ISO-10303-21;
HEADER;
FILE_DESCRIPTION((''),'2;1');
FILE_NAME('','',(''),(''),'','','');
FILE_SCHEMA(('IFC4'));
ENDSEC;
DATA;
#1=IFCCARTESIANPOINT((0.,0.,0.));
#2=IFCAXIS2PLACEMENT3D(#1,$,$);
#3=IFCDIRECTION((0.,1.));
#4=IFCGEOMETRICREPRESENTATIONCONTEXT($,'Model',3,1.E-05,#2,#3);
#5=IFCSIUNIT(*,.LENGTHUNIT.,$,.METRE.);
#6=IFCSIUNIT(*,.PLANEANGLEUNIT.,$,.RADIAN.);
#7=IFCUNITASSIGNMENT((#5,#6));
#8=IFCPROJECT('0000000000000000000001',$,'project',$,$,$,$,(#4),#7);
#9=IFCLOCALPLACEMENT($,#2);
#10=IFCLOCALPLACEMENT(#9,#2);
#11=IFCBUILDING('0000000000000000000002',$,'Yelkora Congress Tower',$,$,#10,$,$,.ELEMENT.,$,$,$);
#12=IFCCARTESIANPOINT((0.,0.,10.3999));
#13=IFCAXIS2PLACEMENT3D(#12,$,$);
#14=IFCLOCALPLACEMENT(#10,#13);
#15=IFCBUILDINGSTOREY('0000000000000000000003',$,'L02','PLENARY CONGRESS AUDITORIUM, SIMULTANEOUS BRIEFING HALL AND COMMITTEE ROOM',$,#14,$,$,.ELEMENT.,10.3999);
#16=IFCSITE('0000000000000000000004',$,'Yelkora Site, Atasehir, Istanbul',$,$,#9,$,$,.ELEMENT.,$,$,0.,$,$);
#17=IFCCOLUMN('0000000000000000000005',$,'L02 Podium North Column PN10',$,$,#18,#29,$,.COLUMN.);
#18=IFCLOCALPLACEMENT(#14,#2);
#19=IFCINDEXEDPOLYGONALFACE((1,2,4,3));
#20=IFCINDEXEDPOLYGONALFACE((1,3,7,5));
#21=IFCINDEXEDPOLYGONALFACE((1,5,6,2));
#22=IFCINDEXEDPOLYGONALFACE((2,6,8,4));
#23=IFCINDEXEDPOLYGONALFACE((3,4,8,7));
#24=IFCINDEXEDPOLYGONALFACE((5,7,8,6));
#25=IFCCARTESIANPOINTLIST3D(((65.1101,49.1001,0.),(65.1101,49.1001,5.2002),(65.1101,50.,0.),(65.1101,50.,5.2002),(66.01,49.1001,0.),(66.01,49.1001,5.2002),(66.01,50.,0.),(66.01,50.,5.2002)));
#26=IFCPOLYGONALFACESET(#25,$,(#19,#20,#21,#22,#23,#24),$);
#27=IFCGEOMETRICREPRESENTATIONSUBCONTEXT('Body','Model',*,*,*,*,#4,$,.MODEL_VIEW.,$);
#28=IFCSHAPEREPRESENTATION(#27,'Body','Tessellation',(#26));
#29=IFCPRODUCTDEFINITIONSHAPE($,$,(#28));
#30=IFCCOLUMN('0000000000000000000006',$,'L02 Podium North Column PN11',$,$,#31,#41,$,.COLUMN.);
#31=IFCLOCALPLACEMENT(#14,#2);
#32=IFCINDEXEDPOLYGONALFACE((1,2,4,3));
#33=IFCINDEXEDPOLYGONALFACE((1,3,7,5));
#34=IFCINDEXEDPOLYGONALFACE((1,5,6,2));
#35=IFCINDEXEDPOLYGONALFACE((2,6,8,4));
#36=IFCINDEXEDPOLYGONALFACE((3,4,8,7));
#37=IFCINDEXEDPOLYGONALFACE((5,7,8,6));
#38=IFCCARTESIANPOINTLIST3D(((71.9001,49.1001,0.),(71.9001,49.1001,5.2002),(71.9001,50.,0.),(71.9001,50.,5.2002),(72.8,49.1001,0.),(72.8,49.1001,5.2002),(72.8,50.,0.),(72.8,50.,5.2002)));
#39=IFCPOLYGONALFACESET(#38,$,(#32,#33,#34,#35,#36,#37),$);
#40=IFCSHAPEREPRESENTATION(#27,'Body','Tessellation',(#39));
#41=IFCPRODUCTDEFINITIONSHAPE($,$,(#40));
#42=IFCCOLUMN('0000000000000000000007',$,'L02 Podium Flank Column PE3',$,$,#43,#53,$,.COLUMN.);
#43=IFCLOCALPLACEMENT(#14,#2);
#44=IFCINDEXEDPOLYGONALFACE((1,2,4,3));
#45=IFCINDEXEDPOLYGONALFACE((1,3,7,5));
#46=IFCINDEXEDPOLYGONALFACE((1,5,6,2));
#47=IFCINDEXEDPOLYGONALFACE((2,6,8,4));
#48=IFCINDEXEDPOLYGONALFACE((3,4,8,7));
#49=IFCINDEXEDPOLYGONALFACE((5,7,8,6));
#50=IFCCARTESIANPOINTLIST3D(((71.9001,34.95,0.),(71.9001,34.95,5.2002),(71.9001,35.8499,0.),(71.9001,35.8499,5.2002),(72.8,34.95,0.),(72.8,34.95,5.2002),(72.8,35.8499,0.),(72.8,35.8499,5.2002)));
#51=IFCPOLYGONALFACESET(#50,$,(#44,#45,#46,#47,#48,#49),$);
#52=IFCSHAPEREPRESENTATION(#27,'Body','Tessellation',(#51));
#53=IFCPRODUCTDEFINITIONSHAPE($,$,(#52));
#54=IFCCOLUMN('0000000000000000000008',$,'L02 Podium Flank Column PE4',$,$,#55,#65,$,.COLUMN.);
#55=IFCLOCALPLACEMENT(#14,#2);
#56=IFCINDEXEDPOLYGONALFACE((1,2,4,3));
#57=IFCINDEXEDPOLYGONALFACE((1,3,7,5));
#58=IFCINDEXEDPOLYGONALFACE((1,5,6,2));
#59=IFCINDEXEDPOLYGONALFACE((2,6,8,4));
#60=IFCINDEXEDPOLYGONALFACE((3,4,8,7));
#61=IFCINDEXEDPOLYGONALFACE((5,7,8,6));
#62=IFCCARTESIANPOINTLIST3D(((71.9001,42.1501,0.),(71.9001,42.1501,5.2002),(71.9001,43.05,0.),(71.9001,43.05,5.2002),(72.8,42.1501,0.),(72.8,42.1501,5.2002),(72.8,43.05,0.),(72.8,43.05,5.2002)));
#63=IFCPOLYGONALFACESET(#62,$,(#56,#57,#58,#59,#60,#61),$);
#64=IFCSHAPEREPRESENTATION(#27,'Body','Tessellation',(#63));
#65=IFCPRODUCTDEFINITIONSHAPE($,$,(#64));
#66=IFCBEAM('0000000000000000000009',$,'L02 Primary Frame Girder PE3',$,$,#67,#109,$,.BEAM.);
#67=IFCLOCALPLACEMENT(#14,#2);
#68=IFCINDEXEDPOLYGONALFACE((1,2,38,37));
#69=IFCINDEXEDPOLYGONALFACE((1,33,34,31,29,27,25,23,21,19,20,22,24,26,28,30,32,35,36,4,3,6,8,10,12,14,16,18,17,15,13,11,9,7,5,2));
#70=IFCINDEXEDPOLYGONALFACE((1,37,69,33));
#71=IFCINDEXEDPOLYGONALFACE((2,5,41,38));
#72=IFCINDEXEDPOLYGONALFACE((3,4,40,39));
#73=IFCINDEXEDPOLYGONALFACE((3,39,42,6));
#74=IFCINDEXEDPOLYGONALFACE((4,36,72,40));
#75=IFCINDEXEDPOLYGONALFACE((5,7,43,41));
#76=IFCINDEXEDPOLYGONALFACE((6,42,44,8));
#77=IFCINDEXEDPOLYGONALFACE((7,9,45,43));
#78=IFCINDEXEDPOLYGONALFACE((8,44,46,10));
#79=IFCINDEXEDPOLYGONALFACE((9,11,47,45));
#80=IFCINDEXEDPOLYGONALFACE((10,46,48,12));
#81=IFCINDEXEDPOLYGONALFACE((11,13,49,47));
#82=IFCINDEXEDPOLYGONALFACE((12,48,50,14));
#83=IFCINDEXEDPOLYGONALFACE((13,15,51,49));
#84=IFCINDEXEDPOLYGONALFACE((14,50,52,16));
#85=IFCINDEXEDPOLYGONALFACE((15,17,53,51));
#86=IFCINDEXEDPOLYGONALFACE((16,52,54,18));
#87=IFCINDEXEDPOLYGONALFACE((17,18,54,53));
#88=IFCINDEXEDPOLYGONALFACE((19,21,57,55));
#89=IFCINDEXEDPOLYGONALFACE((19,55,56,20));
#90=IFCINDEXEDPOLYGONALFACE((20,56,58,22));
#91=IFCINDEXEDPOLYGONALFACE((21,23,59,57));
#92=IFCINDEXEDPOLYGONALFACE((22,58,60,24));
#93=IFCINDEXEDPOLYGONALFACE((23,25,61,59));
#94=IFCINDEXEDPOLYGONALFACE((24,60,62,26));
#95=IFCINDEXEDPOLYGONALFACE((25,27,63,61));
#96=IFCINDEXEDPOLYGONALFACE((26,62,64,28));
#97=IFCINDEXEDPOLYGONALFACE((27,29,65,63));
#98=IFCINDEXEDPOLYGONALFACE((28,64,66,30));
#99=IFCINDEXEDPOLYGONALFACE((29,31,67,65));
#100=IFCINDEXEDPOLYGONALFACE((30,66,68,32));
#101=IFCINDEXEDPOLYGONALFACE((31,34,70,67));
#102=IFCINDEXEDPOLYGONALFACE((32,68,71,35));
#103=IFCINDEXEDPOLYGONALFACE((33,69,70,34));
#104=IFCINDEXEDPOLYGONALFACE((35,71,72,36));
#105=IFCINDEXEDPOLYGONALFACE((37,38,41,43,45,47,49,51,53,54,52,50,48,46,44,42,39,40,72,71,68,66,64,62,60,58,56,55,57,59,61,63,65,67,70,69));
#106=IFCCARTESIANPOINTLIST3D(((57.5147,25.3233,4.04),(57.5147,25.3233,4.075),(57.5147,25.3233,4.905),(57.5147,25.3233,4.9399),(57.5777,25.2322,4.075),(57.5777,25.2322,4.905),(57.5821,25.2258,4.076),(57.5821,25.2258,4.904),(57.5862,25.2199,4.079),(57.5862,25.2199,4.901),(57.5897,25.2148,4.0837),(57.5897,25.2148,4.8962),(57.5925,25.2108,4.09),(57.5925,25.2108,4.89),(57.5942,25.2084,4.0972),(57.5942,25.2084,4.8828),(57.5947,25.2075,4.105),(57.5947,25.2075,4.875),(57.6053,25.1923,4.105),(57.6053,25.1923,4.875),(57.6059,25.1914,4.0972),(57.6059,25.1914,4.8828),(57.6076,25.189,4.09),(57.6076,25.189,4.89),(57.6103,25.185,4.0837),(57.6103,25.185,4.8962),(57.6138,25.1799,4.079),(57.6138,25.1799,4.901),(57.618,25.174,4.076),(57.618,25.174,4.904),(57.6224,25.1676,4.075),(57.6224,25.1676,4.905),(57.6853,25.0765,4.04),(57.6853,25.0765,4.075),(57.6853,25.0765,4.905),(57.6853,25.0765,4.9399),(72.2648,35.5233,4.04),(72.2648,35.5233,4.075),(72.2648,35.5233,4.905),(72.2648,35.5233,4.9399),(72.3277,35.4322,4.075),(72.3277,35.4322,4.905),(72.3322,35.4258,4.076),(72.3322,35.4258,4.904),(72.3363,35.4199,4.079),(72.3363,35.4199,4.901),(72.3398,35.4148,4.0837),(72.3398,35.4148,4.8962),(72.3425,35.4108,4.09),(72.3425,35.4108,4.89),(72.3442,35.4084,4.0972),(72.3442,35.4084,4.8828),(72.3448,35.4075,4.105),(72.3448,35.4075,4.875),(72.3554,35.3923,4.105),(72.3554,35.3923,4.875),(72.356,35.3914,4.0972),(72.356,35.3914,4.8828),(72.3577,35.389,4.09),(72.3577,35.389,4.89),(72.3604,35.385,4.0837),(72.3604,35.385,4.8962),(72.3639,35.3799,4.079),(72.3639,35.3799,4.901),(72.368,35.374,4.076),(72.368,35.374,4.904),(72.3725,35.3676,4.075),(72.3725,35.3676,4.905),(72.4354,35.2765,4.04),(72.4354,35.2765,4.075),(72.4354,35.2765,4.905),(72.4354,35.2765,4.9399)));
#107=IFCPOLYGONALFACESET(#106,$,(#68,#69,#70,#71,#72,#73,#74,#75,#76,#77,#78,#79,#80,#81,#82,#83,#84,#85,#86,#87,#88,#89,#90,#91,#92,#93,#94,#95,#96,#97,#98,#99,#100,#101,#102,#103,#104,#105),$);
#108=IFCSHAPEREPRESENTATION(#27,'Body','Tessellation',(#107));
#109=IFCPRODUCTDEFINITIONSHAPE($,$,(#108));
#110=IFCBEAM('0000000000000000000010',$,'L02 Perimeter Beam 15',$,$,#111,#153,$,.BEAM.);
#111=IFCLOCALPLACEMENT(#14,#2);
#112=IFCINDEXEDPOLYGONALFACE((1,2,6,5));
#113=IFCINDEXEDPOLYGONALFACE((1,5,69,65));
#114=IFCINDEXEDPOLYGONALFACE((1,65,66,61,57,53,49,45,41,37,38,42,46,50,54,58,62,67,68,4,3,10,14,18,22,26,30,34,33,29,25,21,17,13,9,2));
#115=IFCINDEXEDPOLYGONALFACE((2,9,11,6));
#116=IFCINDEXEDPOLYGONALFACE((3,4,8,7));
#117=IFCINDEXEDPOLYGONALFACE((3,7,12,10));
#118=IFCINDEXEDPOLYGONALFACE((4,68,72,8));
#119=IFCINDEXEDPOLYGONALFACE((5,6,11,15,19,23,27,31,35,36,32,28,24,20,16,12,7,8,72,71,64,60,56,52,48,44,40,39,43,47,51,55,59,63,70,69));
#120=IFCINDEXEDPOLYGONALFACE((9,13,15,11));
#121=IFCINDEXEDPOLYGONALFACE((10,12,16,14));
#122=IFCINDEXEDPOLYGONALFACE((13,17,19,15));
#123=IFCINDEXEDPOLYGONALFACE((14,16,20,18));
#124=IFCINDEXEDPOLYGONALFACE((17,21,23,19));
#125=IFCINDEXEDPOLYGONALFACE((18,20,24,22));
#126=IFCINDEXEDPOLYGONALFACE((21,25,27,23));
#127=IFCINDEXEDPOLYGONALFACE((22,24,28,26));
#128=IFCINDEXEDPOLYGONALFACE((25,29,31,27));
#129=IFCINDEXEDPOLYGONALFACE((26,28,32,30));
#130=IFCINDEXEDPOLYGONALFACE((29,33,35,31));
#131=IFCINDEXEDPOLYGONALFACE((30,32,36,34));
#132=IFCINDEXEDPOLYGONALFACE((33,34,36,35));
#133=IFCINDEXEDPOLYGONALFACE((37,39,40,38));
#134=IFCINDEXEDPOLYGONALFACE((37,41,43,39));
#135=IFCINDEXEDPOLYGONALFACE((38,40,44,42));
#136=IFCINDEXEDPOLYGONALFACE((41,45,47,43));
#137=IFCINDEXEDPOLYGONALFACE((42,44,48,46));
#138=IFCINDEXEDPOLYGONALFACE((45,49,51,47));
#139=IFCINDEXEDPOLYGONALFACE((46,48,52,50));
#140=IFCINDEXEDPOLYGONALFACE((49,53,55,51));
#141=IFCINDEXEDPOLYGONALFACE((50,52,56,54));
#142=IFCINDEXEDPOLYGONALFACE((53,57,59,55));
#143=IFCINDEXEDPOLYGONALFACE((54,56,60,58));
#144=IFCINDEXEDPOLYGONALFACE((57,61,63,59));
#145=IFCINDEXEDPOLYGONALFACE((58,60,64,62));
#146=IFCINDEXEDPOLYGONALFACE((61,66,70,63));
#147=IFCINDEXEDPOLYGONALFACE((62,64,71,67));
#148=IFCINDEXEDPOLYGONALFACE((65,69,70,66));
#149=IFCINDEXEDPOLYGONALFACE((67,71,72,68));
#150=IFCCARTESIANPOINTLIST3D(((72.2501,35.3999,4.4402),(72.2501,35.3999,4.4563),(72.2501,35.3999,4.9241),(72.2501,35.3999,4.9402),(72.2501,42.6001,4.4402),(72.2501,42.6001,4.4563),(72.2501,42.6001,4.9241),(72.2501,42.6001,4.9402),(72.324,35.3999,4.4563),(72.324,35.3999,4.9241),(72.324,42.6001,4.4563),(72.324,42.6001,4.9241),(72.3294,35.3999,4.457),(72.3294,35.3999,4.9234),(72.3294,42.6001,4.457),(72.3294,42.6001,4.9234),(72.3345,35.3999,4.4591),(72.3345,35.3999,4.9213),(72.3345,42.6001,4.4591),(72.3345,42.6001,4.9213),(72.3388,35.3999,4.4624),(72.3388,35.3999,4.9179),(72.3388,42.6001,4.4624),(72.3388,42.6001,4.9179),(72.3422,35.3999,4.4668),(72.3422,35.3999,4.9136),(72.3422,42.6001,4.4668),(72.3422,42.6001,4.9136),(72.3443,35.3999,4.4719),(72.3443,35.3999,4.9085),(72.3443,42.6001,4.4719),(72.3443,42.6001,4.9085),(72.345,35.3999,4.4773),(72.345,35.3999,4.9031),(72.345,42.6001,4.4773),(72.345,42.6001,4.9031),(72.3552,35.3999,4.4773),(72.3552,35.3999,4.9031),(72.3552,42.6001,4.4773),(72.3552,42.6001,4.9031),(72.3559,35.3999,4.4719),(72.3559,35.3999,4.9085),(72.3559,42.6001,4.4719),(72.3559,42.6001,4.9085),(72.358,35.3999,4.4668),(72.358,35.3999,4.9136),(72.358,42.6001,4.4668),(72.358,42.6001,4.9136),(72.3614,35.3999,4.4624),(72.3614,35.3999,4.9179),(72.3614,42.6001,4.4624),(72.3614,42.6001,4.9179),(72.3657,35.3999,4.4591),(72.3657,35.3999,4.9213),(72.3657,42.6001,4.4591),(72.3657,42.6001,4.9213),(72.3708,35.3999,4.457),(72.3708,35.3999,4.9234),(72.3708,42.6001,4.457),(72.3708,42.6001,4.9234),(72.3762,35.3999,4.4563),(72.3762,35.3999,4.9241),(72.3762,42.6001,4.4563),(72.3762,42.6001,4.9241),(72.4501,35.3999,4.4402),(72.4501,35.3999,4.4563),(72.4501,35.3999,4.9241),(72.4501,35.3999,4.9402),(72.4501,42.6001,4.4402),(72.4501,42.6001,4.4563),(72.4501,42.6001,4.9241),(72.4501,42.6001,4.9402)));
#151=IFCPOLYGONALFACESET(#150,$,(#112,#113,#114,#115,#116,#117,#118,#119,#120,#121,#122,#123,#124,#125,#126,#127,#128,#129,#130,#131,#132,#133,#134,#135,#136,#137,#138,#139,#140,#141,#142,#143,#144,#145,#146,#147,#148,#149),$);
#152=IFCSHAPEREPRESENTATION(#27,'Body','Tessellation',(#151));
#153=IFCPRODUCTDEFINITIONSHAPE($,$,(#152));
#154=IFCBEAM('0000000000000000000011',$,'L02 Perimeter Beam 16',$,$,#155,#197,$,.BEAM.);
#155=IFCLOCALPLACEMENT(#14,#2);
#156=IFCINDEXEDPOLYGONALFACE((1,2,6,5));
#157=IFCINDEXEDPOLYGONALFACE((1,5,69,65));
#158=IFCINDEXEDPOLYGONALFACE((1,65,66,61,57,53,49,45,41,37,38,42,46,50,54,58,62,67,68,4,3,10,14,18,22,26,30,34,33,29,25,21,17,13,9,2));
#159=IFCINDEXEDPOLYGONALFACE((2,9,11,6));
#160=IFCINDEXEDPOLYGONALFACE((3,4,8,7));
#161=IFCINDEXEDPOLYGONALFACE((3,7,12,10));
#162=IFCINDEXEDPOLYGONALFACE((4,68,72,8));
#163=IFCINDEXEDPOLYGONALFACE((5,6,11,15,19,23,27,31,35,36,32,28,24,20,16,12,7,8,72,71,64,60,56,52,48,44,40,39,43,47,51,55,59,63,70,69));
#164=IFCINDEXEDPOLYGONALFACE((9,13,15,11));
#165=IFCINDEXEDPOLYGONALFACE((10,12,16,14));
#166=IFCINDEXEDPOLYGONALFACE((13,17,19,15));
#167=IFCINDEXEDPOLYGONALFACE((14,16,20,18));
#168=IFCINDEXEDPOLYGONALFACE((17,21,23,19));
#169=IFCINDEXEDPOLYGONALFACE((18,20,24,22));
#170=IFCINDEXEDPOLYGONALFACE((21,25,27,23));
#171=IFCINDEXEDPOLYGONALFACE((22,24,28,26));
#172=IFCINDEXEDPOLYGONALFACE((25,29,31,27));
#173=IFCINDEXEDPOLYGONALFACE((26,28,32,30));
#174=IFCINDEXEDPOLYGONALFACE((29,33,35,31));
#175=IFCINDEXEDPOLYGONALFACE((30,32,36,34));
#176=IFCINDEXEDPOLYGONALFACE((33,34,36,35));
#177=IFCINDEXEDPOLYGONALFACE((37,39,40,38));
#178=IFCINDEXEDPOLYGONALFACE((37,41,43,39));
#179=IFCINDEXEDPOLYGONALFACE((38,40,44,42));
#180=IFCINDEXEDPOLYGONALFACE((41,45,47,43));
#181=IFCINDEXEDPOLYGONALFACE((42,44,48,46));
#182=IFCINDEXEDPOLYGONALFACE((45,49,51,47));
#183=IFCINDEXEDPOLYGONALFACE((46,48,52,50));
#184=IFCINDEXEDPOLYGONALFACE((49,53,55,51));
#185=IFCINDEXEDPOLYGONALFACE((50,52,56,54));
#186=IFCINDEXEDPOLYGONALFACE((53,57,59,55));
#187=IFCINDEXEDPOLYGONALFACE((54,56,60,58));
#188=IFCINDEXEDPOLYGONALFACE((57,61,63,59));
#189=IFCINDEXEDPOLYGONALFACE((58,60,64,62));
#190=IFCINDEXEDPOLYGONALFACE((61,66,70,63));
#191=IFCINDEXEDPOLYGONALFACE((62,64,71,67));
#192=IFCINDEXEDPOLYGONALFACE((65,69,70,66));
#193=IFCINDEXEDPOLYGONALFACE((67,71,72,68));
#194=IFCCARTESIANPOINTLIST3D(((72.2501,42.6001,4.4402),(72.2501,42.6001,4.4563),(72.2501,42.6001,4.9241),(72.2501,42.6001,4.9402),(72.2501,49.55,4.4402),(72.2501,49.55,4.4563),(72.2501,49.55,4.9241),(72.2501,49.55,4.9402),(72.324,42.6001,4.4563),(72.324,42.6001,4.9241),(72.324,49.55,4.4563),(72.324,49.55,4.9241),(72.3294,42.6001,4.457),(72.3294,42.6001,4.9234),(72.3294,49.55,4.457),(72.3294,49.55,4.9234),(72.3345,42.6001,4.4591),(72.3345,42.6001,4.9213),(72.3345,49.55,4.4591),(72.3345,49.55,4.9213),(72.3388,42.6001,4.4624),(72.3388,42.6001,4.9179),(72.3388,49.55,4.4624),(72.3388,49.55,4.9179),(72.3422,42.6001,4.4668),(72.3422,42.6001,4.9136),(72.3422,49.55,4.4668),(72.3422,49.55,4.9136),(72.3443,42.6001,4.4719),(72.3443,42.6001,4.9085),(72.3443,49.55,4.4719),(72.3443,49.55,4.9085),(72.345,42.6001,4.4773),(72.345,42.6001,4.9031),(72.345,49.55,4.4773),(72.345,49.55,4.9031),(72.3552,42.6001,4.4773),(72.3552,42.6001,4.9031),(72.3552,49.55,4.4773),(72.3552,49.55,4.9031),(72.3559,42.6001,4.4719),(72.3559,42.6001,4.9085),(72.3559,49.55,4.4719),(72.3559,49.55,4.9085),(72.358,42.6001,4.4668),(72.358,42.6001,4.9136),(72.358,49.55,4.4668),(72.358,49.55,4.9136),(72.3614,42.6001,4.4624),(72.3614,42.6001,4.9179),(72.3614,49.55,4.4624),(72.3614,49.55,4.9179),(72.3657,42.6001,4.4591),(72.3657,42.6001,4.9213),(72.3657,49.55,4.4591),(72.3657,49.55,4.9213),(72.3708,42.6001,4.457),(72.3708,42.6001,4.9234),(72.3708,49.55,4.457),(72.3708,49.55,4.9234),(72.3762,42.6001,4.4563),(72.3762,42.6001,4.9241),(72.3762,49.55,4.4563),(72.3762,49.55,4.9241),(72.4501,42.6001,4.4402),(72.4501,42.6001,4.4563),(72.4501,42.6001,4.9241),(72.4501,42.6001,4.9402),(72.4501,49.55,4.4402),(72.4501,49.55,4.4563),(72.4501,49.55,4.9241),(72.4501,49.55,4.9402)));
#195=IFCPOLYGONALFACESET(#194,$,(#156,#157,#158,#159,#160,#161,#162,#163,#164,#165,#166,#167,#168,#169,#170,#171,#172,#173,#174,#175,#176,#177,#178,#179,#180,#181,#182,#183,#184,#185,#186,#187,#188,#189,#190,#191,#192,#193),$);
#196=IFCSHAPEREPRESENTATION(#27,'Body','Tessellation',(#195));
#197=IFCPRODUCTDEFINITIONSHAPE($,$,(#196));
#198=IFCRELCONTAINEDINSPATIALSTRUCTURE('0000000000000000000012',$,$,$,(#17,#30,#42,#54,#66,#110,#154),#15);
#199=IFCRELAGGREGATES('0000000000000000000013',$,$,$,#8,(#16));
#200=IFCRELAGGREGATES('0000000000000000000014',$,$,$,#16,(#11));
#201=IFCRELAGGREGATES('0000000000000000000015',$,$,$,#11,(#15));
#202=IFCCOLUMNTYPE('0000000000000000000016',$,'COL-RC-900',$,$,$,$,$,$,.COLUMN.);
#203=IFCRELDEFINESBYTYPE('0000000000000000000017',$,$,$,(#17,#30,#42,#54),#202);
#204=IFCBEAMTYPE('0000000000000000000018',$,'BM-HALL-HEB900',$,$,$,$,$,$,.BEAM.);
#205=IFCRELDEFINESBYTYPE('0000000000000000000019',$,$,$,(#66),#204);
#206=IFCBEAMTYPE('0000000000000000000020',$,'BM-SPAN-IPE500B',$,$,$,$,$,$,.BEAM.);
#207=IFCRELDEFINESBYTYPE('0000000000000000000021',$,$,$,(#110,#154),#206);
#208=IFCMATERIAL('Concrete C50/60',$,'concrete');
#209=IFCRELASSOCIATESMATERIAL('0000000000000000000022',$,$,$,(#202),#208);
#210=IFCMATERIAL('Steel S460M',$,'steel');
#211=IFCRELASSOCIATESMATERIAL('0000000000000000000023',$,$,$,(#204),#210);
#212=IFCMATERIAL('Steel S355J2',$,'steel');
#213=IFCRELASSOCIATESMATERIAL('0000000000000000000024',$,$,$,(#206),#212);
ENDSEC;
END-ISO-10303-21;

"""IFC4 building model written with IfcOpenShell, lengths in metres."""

from ifc_helpers import new_model, si_unit, direction, frame, origin, origin_2d, place, context, subcontext, project, spatial, rectangle, i_section, extrude, material, material_profile, profile_set, type_object, element, save


model = new_model("IFC4")

# Units and contexts
model_context = context("Model", 3, precision=1e-05, world=origin(), true_north=direction((0.0, 1.0)))
body_context = subcontext(model_context, "Body", "Model", "MODEL_VIEW")
ifc_project = project(units=[si_unit("LENGTHUNIT", "METRE"), si_unit("PLANEANGLEUNIT", "RADIAN")], contexts=[model_context])

# Site, building, storey
site_placement = place(None, origin())
site = spatial("IfcSite", under=ifc_project, at=site_placement, Name="Yelkora Site, Atasehir, Istanbul", CompositionType="ELEMENT", RefElevation=0.0)
building_placement = place(site_placement, origin())
building = spatial("IfcBuilding", under=site, at=building_placement, Name="Yelkora Congress Tower", CompositionType="ELEMENT")
storey_placement = place(building_placement, frame((0.0, 0.0, 10.3999)))
storey = spatial("IfcBuildingStorey", under=building, at=storey_placement, Name="L02", Description="PLENARY CONGRESS AUDITORIUM, SIMULTANEOUS BRIEFING HALL AND COMMITTEE ROOM", CompositionType="ELEMENT", Elevation=10.3999)

# Columns
ifc_material_1 = material(Name="Concrete C50/60", Category="concrete")
ifc_material_profile_1 = material_profile(ifc_material_1, rectangle(XDim=0.8999, YDim=0.8999, at=origin_2d()), Name="RC 900x900")
ifc_profile_set_1 = profile_set([ifc_material_profile_1], Name="Concrete C50/60")
column_type = type_object("IfcColumnType", Name="COL-RC-900", PredefinedType="COLUMN", material=ifc_profile_set_1)
for number, where, z_axis, x_axis, name in (
    (1, (65.5601, 49.55, 0.0), (0.0, 0.0, 1.0), (1.0, 0.0, 0.0), "L02 Podium North Column PN10"),
    (2, (72.3501, 49.55, 0.0), (0.0, 0.0, 1.0), (1.0, 0.0, 0.0), "L02 Podium North Column PN11"),
    (3, (72.3501, 35.3999, 0.0), (0.0, 0.0, 1.0), (1.0, 0.0, 0.0), "L02 Podium Flank Column PE3"),
    (4, (72.3501, 42.6001, 0.0), (0.0, 0.0, 1.0), (1.0, 0.0, 0.0), "L02 Podium Flank Column PE4"),
):
    element("IfcColumn", number, at=place(storey_placement, frame(where, z_axis=z_axis, x_axis=x_axis)), inside=storey, type_object=column_type, Name=name, PredefinedType="COLUMN", context=body_context, shape_type="SweptSolid", body=[
        extrude(rectangle(XDim=0.8999, YDim=0.8999, at=origin_2d()), origin(), (0.0, 0.0, 1.0), 5.2002),
    ])

# Beams
ifc_material_2 = material(Name="Steel S460M", Category="steel")
ifc_material_profile_2 = material_profile(ifc_material_2, i_section(OverallWidth=0.3, OverallDepth=0.8999, WebThickness=0.0186, FlangeThickness=0.0349, FilletRadius=0.03, at=origin_2d()), Name="HEB 900")
ifc_profile_set_2 = profile_set([ifc_material_profile_2], Name="Steel S460M")
beam_type_1 = type_object("IfcBeamType", Name="BM-HALL-HEB900", PredefinedType="BEAM", material=ifc_profile_set_2)
beam_1_placement = place(storey_placement, frame((72.3501, 35.3999, 4.49), z_axis=(-0.822494, -0.568773, 0.0), x_axis=(0.568773, -0.822494, 0.0)))
element("IfcBeam", 5, at=beam_1_placement, inside=storey, type_object=beam_type_1, Name="L02 Primary Frame Girder PE3", PredefinedType="BEAM", context=body_context, shape_type="SweptSolid", body=[
    extrude(i_section(OverallWidth=0.3, OverallDepth=0.8999, WebThickness=0.0186, FlangeThickness=0.0349, FilletRadius=0.03, at=origin_2d()), origin(), (0.0, 0.0, 1.0), 17.9333),
])
ifc_material_3 = material(Name="Steel S355J2", Category="steel")
ifc_material_profile_3 = material_profile(ifc_material_3, i_section(OverallWidth=0.2, OverallDepth=0.5, WebThickness=0.0103, FlangeThickness=0.0161, FilletRadius=0.021, at=origin_2d()), Name="IPE 500")
ifc_profile_set_3 = profile_set([ifc_material_profile_3], Name="Steel S355J2")
beam_type_2 = type_object("IfcBeamType", Name="BM-SPAN-IPE500B", PredefinedType="BEAM", material=ifc_profile_set_3)
beam_2_placement = place(storey_placement, frame((72.3501, 35.3999, 4.6902), z_axis=(0.0, 1.0, 0.0), x_axis=(-1.0, 0.0, 0.0)))
element("IfcBeam", 6, at=beam_2_placement, inside=storey, type_object=beam_type_2, Name="L02 Perimeter Beam 15", PredefinedType="BEAM", context=body_context, shape_type="SweptSolid", body=[
    extrude(i_section(OverallWidth=0.2, OverallDepth=0.5, WebThickness=0.0103, FlangeThickness=0.0161, FilletRadius=0.021, at=origin_2d()), origin(), (0.0, 0.0, 1.0), 7.2002),
])
beam_3_placement = place(storey_placement, frame((72.3501, 42.6001, 4.6902), z_axis=(0.0, 1.0, 0.0), x_axis=(-1.0, 0.0, 0.0)))
element("IfcBeam", 7, at=beam_3_placement, inside=storey, type_object=beam_type_2, Name="L02 Perimeter Beam 16", PredefinedType="BEAM", context=body_context, shape_type="SweptSolid", body=[
    extrude(i_section(OverallWidth=0.2, OverallDepth=0.5, WebThickness=0.0103, FlangeThickness=0.0161, FilletRadius=0.021, at=origin_2d()), origin(), (0.0, 0.0, 1.0), 6.95),
])

save(model, "model.ifc")
